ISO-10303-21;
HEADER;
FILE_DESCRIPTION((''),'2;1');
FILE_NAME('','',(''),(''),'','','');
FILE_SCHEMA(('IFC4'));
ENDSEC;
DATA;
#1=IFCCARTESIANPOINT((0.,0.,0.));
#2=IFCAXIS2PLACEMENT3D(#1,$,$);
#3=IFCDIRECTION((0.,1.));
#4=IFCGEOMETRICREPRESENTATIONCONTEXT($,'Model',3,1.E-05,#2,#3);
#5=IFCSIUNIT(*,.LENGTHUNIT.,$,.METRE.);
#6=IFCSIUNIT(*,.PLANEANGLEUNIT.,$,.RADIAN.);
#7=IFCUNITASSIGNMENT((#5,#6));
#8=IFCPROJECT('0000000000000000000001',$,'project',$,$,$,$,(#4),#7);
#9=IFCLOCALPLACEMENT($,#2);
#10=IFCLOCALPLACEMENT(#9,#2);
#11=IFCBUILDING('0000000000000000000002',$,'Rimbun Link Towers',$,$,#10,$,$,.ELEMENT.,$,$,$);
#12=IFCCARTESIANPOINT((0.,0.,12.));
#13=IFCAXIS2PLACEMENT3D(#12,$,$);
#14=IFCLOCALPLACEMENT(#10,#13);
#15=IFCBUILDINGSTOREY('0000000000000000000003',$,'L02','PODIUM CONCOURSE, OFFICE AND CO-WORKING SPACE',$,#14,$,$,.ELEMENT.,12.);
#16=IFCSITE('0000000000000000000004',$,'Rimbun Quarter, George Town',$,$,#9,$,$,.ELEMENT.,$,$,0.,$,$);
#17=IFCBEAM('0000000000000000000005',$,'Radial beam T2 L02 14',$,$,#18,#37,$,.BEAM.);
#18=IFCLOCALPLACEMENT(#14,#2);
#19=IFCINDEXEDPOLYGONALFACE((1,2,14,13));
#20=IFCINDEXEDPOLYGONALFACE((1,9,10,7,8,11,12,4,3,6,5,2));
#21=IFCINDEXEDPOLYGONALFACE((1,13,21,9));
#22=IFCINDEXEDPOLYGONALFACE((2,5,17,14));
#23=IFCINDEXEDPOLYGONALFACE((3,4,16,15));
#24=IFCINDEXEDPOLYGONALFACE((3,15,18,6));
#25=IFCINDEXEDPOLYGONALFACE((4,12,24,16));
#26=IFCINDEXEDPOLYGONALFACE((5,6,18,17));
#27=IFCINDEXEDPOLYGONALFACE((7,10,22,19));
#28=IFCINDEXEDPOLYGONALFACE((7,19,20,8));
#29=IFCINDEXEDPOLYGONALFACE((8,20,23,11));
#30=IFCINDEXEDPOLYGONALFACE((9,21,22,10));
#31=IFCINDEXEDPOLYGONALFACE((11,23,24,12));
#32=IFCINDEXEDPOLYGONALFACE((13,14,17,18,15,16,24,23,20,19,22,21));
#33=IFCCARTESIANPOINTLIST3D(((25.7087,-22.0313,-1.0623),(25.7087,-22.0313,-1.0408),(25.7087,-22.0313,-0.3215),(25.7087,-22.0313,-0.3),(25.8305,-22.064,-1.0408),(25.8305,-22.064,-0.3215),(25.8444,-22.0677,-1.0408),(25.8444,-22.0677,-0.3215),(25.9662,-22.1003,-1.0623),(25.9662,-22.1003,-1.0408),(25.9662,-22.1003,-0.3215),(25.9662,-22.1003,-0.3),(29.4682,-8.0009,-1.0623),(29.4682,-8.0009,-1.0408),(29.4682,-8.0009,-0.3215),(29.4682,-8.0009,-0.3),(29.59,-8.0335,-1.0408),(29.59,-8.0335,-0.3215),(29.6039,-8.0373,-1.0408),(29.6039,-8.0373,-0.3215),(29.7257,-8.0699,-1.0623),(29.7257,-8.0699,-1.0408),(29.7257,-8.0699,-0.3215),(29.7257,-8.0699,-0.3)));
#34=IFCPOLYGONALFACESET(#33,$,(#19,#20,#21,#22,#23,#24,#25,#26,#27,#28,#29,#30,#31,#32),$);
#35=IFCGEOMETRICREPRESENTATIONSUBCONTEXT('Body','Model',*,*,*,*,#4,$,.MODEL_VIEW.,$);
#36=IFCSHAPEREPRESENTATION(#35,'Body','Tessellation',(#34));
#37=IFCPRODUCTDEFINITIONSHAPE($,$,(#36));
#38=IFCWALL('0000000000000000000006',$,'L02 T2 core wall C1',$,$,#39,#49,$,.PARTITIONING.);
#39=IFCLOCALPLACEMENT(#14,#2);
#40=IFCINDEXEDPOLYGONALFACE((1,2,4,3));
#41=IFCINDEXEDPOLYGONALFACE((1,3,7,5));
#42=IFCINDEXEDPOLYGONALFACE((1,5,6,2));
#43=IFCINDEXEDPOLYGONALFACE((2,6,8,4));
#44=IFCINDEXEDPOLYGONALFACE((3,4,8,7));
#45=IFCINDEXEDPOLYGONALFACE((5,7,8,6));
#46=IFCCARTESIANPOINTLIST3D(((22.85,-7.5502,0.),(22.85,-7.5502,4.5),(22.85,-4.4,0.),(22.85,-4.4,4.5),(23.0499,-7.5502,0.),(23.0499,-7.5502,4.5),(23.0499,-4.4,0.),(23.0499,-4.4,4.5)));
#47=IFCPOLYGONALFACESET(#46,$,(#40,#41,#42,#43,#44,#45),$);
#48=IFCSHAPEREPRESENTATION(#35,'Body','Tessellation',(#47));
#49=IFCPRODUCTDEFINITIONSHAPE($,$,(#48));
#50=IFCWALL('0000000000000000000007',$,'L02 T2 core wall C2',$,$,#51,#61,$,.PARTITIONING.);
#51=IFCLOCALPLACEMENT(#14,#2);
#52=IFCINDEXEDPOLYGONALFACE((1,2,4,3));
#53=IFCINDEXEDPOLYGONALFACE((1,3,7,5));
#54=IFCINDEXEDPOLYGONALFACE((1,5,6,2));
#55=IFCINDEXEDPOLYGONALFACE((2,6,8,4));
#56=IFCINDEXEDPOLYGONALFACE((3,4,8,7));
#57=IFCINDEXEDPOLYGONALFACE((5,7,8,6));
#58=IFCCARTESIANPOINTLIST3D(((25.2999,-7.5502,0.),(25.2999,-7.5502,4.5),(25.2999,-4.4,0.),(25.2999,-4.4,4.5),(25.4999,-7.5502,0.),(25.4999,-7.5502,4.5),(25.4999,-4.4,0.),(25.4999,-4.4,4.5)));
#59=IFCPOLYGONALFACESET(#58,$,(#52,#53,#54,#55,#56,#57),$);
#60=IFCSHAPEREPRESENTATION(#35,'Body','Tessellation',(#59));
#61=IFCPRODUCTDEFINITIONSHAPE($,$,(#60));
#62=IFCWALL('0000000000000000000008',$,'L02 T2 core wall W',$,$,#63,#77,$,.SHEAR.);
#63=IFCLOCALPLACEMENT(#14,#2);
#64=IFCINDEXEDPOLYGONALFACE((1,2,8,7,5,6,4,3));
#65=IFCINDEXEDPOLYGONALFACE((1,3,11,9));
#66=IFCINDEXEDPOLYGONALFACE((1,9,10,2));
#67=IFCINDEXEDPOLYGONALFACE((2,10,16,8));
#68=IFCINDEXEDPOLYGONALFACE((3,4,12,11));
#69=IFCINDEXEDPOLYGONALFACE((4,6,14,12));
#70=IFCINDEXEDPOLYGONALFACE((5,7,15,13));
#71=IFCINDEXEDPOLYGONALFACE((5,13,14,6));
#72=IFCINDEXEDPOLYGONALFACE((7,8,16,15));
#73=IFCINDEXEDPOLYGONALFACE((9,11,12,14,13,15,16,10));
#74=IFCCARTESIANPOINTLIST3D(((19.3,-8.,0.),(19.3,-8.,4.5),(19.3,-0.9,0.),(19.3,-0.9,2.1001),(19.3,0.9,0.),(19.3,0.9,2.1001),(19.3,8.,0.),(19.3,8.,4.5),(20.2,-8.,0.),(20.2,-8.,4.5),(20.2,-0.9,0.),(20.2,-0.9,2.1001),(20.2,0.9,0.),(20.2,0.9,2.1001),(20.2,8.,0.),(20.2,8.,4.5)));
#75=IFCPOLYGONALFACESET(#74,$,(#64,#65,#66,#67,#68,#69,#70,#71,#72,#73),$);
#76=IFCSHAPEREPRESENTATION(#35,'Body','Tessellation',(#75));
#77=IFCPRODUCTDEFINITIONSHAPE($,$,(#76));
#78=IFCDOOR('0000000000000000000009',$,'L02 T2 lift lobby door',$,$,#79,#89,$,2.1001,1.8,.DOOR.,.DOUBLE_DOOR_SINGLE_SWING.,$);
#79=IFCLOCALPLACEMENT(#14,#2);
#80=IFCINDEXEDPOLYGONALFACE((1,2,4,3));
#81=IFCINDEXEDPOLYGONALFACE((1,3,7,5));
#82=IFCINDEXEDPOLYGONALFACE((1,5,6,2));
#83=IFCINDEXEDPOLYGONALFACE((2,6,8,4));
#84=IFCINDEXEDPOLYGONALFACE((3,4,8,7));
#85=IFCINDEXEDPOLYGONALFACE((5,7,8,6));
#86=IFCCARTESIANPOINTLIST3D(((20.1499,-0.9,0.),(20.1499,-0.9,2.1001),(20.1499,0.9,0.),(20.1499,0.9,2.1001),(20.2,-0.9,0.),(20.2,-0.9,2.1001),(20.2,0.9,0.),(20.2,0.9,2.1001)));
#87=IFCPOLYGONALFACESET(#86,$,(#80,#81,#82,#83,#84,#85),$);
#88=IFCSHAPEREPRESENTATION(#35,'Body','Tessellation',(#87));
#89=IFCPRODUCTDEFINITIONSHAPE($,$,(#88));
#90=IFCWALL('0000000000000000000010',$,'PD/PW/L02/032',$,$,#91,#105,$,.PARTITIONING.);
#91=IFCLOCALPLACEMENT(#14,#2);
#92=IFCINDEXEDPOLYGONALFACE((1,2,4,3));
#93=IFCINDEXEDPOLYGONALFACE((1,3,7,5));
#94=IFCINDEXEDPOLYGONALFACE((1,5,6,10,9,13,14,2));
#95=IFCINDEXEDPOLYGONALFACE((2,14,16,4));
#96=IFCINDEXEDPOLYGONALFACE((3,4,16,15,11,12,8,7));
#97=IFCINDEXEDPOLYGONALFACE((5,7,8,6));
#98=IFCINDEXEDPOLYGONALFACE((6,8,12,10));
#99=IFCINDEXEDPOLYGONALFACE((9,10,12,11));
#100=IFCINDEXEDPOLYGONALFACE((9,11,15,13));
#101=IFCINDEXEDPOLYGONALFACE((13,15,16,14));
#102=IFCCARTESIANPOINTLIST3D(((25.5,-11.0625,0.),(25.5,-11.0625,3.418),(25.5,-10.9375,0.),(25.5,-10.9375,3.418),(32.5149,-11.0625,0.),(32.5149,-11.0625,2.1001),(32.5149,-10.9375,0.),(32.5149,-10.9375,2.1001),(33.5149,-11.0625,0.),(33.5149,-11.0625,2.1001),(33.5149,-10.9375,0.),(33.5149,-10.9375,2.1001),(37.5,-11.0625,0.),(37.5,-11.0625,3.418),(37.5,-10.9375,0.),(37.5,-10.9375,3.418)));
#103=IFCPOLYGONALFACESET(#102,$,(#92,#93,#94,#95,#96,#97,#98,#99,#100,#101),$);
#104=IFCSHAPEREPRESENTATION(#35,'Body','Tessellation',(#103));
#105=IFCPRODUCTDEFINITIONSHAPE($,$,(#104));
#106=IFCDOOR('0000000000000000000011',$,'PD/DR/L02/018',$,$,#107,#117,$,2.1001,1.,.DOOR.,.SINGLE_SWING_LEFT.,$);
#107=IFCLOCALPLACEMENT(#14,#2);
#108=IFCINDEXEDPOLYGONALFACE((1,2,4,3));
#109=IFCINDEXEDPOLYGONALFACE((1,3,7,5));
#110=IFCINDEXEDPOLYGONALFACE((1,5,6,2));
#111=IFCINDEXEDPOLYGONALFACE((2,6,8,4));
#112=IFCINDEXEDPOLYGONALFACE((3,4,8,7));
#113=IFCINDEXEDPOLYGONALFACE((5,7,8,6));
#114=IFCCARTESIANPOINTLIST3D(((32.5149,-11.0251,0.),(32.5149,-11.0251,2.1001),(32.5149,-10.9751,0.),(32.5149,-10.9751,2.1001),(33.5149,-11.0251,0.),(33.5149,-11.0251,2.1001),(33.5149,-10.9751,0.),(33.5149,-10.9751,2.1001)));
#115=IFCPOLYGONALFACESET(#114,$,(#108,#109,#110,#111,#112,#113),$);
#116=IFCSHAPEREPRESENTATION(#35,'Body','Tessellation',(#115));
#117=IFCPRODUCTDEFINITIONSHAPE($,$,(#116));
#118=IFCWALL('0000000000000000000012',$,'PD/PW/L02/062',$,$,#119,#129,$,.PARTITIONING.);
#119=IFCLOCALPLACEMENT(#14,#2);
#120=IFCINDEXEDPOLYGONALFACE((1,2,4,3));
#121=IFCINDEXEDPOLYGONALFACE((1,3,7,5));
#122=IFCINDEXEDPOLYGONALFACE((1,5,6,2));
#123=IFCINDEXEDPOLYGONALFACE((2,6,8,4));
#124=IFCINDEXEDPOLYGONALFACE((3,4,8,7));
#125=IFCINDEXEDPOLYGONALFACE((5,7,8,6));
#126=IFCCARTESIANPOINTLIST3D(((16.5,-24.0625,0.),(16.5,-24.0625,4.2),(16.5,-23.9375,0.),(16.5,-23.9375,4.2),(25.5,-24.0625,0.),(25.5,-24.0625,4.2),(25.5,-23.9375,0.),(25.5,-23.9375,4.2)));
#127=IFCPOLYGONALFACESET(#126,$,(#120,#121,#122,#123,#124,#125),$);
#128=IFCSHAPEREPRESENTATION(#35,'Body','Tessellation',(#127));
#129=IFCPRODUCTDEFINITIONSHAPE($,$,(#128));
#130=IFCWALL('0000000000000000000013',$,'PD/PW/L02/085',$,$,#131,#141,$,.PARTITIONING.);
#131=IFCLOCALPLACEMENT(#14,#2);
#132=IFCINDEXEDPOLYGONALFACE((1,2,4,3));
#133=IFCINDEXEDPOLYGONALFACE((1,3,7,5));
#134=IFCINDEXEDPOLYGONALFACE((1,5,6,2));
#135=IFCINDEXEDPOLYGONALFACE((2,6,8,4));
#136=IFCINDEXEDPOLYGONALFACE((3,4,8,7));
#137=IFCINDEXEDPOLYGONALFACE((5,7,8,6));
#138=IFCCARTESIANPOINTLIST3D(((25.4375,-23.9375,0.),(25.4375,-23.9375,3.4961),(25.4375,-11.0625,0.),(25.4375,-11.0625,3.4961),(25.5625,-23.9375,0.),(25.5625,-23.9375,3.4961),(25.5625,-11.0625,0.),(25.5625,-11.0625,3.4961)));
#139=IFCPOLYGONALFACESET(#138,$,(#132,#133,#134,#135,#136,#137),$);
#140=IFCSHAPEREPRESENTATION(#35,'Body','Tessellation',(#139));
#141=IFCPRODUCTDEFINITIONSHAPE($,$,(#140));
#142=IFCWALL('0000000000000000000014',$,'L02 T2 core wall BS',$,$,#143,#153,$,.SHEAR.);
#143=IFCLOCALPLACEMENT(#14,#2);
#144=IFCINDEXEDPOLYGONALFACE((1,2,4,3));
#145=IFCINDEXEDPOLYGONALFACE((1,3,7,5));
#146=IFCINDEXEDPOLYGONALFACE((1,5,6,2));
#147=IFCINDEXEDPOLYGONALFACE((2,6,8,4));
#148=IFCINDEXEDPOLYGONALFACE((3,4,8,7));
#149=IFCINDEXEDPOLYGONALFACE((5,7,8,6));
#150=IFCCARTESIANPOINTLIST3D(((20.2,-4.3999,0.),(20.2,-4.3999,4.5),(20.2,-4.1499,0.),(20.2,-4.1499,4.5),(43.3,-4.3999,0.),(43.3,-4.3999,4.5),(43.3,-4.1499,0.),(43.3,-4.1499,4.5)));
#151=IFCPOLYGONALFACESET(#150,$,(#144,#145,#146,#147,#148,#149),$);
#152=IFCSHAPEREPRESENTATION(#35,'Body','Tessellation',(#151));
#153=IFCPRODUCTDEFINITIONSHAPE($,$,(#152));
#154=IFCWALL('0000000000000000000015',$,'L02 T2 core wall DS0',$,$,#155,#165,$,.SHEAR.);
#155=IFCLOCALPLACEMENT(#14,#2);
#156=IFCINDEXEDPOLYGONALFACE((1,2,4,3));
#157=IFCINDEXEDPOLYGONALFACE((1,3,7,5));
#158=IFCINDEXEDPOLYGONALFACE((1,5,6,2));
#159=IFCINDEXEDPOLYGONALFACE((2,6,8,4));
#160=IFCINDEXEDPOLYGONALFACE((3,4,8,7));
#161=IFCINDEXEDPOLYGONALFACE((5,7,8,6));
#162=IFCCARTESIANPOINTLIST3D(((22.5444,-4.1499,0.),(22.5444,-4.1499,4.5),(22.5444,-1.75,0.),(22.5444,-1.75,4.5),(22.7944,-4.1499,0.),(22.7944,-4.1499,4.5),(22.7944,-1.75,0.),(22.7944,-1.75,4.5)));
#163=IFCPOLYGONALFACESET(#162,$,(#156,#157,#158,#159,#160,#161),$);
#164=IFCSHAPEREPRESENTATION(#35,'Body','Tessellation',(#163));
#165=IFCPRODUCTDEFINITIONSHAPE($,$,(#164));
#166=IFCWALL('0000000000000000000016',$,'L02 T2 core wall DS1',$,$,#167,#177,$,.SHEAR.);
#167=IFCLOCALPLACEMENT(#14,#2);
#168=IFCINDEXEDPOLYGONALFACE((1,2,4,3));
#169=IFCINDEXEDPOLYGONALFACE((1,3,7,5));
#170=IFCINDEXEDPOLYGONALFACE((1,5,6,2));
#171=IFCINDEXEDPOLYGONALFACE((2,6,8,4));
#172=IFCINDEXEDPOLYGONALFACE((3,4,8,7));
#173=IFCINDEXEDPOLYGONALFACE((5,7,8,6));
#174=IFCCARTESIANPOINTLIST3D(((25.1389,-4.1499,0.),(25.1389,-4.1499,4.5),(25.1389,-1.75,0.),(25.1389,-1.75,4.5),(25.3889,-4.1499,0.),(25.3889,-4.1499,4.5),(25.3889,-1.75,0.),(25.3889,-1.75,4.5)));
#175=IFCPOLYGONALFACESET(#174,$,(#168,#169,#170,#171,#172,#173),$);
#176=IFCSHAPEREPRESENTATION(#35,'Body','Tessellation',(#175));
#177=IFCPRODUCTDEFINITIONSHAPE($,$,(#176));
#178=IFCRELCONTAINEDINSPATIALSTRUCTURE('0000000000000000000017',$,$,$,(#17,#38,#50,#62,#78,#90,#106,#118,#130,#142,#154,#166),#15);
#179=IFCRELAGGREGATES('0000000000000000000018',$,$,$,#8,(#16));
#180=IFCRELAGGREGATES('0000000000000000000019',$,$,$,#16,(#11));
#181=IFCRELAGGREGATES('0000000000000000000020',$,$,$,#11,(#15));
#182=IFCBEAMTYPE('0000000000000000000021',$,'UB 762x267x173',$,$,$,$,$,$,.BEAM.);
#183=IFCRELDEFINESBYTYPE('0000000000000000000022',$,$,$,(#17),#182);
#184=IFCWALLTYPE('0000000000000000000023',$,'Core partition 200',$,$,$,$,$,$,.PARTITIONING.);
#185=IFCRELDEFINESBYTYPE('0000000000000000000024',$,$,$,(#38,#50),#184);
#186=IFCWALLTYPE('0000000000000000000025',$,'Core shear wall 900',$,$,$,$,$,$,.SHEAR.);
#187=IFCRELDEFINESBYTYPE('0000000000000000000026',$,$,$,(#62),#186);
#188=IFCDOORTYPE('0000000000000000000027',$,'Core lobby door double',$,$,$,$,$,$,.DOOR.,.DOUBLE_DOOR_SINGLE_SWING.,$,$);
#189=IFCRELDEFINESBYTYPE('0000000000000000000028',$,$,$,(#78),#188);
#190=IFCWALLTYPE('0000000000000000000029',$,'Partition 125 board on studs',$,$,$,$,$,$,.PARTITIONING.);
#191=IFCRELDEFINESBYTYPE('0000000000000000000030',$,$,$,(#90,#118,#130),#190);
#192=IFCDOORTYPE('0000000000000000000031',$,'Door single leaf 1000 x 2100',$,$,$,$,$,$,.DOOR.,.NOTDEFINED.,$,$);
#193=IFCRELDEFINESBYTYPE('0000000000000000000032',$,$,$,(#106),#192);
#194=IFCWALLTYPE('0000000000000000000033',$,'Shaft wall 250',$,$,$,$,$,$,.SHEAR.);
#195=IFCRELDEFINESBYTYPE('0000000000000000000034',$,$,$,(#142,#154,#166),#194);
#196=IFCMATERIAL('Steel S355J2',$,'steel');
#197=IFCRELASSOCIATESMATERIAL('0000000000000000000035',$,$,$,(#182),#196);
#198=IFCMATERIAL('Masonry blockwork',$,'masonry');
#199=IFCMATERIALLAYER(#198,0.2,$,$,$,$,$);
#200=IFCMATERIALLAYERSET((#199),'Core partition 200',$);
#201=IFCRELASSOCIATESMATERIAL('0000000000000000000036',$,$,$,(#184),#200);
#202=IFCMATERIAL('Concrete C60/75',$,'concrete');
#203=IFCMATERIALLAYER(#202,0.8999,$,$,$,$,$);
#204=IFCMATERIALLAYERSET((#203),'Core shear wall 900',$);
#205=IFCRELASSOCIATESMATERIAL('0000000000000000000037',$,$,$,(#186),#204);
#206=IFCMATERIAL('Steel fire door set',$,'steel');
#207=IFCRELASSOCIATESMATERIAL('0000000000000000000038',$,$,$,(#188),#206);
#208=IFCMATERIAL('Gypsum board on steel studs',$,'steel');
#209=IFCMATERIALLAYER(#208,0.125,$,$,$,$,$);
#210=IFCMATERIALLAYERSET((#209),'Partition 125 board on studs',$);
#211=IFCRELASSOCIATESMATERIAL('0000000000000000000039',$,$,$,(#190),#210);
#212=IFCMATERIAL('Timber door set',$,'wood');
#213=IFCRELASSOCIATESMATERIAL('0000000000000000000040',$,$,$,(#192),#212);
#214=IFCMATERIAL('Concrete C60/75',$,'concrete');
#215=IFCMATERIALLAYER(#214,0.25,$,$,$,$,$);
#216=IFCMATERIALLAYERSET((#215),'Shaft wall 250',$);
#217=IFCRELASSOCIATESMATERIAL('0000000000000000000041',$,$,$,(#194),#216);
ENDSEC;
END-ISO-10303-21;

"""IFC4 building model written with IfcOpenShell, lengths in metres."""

from ifc_helpers import new_model, si_unit, direction, frame, frame_2d, origin, origin_2d, place, context, subcontext, project, spatial, rectangle, i_section, extrude, material, layer, layer_set, material_profile, profile_set, type_object, element, fill, save


model = new_model("IFC4")

# Units and contexts
model_context = context("Model", 3, precision=1e-05, world=origin(), true_north=direction((0.0, 1.0)))
body_context = subcontext(model_context, "Body", "Model", "MODEL_VIEW")
ifc_project = project(units=[si_unit("LENGTHUNIT", "METRE"), si_unit("PLANEANGLEUNIT", "RADIAN")], contexts=[model_context])

# Site, building, storey
site_placement = place(None, origin())
site = spatial("IfcSite", under=ifc_project, at=site_placement, Name="Rimbun Quarter, George Town", CompositionType="ELEMENT", RefElevation=0.0)
building_placement = place(site_placement, origin())
building = spatial("IfcBuilding", under=site, at=building_placement, Name="Rimbun Link Towers", CompositionType="ELEMENT")
storey_placement = place(building_placement, frame((0.0, 0.0, 12.0)))
storey = spatial("IfcBuildingStorey", under=building, at=storey_placement, Name="L02", Description="PODIUM CONCOURSE, OFFICE AND CO-WORKING SPACE", CompositionType="ELEMENT", Elevation=12.0)

# Beam
ifc_material_1 = material(Name="Steel S355J2", Category="steel")
ifc_material_profile_1 = material_profile(ifc_material_1, i_section(OverallWidth=0.2666, OverallDepth=0.7622, WebThickness=0.0144, FlangeThickness=0.0215, at=origin_2d()), Name="UB 762x267x173")
ifc_profile_set_1 = profile_set([ifc_material_profile_1], Name="Steel S355J2")
beam_type_1 = type_object("IfcBeamType", Name="UB 762x267x173", PredefinedType="BEAM", material=ifc_profile_set_1)
beam_1_placement = place(storey_placement, frame((29.5969, -8.0354, -0.6812), z_axis=(-0.258823, -0.965925, 0.0), x_axis=(0.965925, -0.258823, 0.0)))
element("IfcBeam", 1, at=beam_1_placement, inside=storey, type_object=beam_type_1, Name="Radial beam T2 L02 14", PredefinedType="BEAM", context=body_context, shape_type="SweptSolid", body=[
    extrude(i_section(OverallWidth=0.2666, OverallDepth=0.7622, WebThickness=0.0144, FlangeThickness=0.0215, at=origin_2d()), origin(), (0.0, 0.0, 1.0), 14.5254),
])

# Walls
ifc_material_2 = material(Name="Masonry blockwork", Category="masonry")
ifc_layer_1 = layer(ifc_material_2, 0.2)
ifc_layer_set_1 = layer_set([ifc_layer_1], Name="Core partition 200")
wall_type_1 = type_object("IfcWallType", Name="Core partition 200", PredefinedType="PARTITIONING", material=ifc_layer_set_1)
for number, where, z_axis, x_axis, name in (
    (2, (22.95, -4.3999, 0.0), (0.0, 0.0, 1.0), (0.0, -1.0, 0.0), "L02 T2 core wall C1"),
    (3, (25.3999, -4.3999, 0.0), (0.0, 0.0, 1.0), (0.0, -1.0, 0.0), "L02 T2 core wall C2"),
):
    element("IfcWall", number, at=place(storey_placement, frame(where, z_axis=z_axis, x_axis=x_axis)), inside=storey, type_object=wall_type_1, Name=name, PredefinedType="PARTITIONING", context=body_context, shape_type="SweptSolid", body=[
        extrude(rectangle(XDim=3.1501, YDim=0.2, at=frame_2d((1.5752, 0.0))), origin(), (0.0, 0.0, 1.0), 4.5),
    ])

# Walls, openings, doors
ifc_material_3 = material(Name="Concrete C60/75", Category="concrete")
ifc_layer_2 = layer(ifc_material_3, 0.8999)
ifc_layer_set_2 = layer_set([ifc_layer_2], Name="Core shear wall 900")
wall_type_2 = type_object("IfcWallType", Name="Core shear wall 900", PredefinedType="SHEAR", material=ifc_layer_set_2)
wall_1_placement = place(storey_placement, frame((19.75, -8.0, 0.0), z_axis=(0.0, 0.0, 1.0), x_axis=(0.0, 1.0, 0.0)))
wall_1 = element("IfcWall", 4, at=wall_1_placement, inside=storey, type_object=wall_type_2, Name="L02 T2 core wall W", PredefinedType="SHEAR", context=body_context, shape_type="SweptSolid", body=[
    extrude(rectangle(XDim=16.0, YDim=0.8999, at=frame_2d((8.0, 0.0))), origin(), (0.0, 0.0, 1.0), 4.5),
])
opening_1_placement = place(wall_1_placement, frame((7.1001, 0.0, 0.0)))
opening_1 = element("IfcOpeningElement", 5, at=opening_1_placement, cuts=wall_1, PredefinedType="OPENING", context=body_context, shape_type="SweptSolid", body=[
    extrude(rectangle(XDim=1.8, YDim=2.1001, at=frame_2d((0.8999, 1.05))), frame((0.0, 0.46, 0.0), z_axis=(0.0, -1.0, 0.0), x_axis=(1.0, 0.0, 0.0)), (0.0, 0.0, 1.0), 0.9199),
])
ifc_material_4 = material(Name="Steel fire door set", Category="steel")
door_type_1 = type_object("IfcDoorType", Name="Core lobby door double", OperationType="DOUBLE_DOOR_SINGLE_SWING", PredefinedType="DOOR", material=ifc_material_4)
door_1_placement = place(opening_1_placement, origin())
door_1 = element("IfcDoor", 6, at=door_1_placement, inside=storey, type_object=door_type_1, Name="L02 T2 lift lobby door", OperationType="DOUBLE_DOOR_SINGLE_SWING", OverallHeight=2.1001, OverallWidth=1.8, PredefinedType="DOOR", context=body_context, shape_type="SweptSolid", body=[
    extrude(rectangle(XDim=1.8, YDim=2.1001, at=frame_2d((0.8999, 1.05))), frame((0.0, -0.3999, 0.0), z_axis=(0.0, -1.0, 0.0), x_axis=(1.0, 0.0, 0.0)), (0.0, 0.0, 1.0), 0.05),
])
fill(opening_1, door_1)
ifc_material_5 = material(Name="Gypsum board on steel studs", Category="steel")
ifc_layer_3 = layer(ifc_material_5, 0.125)
ifc_layer_set_3 = layer_set([ifc_layer_3], Name="Partition 125 board on studs")
wall_type_3 = type_object("IfcWallType", Name="Partition 125 board on studs", PredefinedType="PARTITIONING", material=ifc_layer_set_3)
wall_2_placement = place(storey_placement, frame((25.5, -11.0, 0.0), z_axis=(0.0, 0.0, 1.0), x_axis=(1.0, 0.0, 0.0)))
wall_2 = element("IfcWall", 7, at=wall_2_placement, inside=storey, type_object=wall_type_3, Name="PD/PW/L02/032", PredefinedType="PARTITIONING", context=body_context, shape_type="SweptSolid", body=[
    extrude(rectangle(XDim=12.0, YDim=0.125, at=frame_2d((6.0, 0.0))), origin(), (0.0, 0.0, 1.0), 3.418),
])
opening_2_placement = place(wall_2_placement, frame((7.0149, 0.0, 0.0)))
opening_2 = element("IfcOpeningElement", 8, at=opening_2_placement, cuts=wall_2, PredefinedType="OPENING", context=body_context, shape_type="SweptSolid", body=[
    extrude(rectangle(XDim=1.0, YDim=2.1001, at=frame_2d((0.5, 1.05))), frame((0.0, 0.0725, 0.0), z_axis=(0.0, -1.0, 0.0), x_axis=(1.0, 0.0, 0.0)), (0.0, 0.0, 1.0), 0.145),
])
ifc_material_6 = material(Name="Timber door set", Category="wood")
door_type_2 = type_object("IfcDoorType", Name="Door single leaf 1000 x 2100", OperationType="NOTDEFINED", PredefinedType="DOOR", material=ifc_material_6)
door_2_placement = place(opening_2_placement, origin())
door_2 = element("IfcDoor", 9, at=door_2_placement, inside=storey, type_object=door_type_2, Name="PD/DR/L02/018", OperationType="SINGLE_SWING_LEFT", OverallHeight=2.1001, OverallWidth=1.0, PredefinedType="DOOR", context=body_context, shape_type="SweptSolid", body=[
    extrude(rectangle(XDim=1.0, YDim=2.1001, at=frame_2d((0.5, 1.05))), frame((0.0, 0.0249, 0.0), z_axis=(0.0, -1.0, 0.0), x_axis=(1.0, 0.0, 0.0)), (0.0, 0.0, 1.0), 0.05),
])
fill(opening_2, door_2)

# Walls
wall_3_placement = place(storey_placement, frame((25.5, -24.0, 0.0), z_axis=(0.0, 0.0, 1.0), x_axis=(-1.0, 0.0, 0.0)))
element("IfcWall", 10, at=wall_3_placement, inside=storey, type_object=wall_type_3, Name="PD/PW/L02/062", PredefinedType="PARTITIONING", context=body_context, shape_type="SweptSolid", body=[
    extrude(rectangle(XDim=9.0, YDim=0.125, at=frame_2d((4.5, 0.0))), origin(), (0.0, 0.0, 1.0), 4.2),
])
wall_4_placement = place(storey_placement, frame((25.5, -23.9375, 0.0), z_axis=(0.0, 0.0, 1.0), x_axis=(0.0, 1.0, 0.0)))
element("IfcWall", 11, at=wall_4_placement, inside=storey, type_object=wall_type_3, Name="PD/PW/L02/085", PredefinedType="PARTITIONING", context=body_context, shape_type="SweptSolid", body=[
    extrude(rectangle(XDim=12.875, YDim=0.125, at=frame_2d((6.4375, 0.0))), origin(), (0.0, 0.0, 1.0), 3.4961),
])
ifc_material_7 = material(Name="Concrete C60/75", Category="concrete")
ifc_layer_4 = layer(ifc_material_7, 0.25)
ifc_layer_set_4 = layer_set([ifc_layer_4], Name="Shaft wall 250")
wall_type_4 = type_object("IfcWallType", Name="Shaft wall 250", PredefinedType="SHEAR", material=ifc_layer_set_4)
wall_5_placement = place(storey_placement, frame((20.2, -4.2749, 0.0), z_axis=(0.0, 0.0, 1.0), x_axis=(1.0, 0.0, 0.0)))
element("IfcWall", 12, at=wall_5_placement, inside=storey, type_object=wall_type_4, Name="L02 T2 core wall BS", PredefinedType="SHEAR", context=body_context, shape_type="SweptSolid", body=[
    extrude(rectangle(XDim=23.1001, YDim=0.25, at=frame_2d((11.55, 0.0))), origin(), (0.0, 0.0, 1.0), 4.5),
])
for number, where, z_axis, x_axis, name in (
    (13, (22.6694, -4.1499, 0.0), (0.0, 0.0, 1.0), (0.0, 1.0, 0.0), "L02 T2 core wall DS0"),
    (14, (25.2639, -4.1499, 0.0), (0.0, 0.0, 1.0), (0.0, 1.0, 0.0), "L02 T2 core wall DS1"),
):
    element("IfcWall", number, at=place(storey_placement, frame(where, z_axis=z_axis, x_axis=x_axis)), inside=storey, type_object=wall_type_4, Name=name, PredefinedType="SHEAR", context=body_context, shape_type="SweptSolid", body=[
        extrude(rectangle(XDim=2.3999, YDim=0.25, at=frame_2d((1.2, 0.0))), origin(), (0.0, 0.0, 1.0), 4.5),
    ])

save(model, "model.ifc")
